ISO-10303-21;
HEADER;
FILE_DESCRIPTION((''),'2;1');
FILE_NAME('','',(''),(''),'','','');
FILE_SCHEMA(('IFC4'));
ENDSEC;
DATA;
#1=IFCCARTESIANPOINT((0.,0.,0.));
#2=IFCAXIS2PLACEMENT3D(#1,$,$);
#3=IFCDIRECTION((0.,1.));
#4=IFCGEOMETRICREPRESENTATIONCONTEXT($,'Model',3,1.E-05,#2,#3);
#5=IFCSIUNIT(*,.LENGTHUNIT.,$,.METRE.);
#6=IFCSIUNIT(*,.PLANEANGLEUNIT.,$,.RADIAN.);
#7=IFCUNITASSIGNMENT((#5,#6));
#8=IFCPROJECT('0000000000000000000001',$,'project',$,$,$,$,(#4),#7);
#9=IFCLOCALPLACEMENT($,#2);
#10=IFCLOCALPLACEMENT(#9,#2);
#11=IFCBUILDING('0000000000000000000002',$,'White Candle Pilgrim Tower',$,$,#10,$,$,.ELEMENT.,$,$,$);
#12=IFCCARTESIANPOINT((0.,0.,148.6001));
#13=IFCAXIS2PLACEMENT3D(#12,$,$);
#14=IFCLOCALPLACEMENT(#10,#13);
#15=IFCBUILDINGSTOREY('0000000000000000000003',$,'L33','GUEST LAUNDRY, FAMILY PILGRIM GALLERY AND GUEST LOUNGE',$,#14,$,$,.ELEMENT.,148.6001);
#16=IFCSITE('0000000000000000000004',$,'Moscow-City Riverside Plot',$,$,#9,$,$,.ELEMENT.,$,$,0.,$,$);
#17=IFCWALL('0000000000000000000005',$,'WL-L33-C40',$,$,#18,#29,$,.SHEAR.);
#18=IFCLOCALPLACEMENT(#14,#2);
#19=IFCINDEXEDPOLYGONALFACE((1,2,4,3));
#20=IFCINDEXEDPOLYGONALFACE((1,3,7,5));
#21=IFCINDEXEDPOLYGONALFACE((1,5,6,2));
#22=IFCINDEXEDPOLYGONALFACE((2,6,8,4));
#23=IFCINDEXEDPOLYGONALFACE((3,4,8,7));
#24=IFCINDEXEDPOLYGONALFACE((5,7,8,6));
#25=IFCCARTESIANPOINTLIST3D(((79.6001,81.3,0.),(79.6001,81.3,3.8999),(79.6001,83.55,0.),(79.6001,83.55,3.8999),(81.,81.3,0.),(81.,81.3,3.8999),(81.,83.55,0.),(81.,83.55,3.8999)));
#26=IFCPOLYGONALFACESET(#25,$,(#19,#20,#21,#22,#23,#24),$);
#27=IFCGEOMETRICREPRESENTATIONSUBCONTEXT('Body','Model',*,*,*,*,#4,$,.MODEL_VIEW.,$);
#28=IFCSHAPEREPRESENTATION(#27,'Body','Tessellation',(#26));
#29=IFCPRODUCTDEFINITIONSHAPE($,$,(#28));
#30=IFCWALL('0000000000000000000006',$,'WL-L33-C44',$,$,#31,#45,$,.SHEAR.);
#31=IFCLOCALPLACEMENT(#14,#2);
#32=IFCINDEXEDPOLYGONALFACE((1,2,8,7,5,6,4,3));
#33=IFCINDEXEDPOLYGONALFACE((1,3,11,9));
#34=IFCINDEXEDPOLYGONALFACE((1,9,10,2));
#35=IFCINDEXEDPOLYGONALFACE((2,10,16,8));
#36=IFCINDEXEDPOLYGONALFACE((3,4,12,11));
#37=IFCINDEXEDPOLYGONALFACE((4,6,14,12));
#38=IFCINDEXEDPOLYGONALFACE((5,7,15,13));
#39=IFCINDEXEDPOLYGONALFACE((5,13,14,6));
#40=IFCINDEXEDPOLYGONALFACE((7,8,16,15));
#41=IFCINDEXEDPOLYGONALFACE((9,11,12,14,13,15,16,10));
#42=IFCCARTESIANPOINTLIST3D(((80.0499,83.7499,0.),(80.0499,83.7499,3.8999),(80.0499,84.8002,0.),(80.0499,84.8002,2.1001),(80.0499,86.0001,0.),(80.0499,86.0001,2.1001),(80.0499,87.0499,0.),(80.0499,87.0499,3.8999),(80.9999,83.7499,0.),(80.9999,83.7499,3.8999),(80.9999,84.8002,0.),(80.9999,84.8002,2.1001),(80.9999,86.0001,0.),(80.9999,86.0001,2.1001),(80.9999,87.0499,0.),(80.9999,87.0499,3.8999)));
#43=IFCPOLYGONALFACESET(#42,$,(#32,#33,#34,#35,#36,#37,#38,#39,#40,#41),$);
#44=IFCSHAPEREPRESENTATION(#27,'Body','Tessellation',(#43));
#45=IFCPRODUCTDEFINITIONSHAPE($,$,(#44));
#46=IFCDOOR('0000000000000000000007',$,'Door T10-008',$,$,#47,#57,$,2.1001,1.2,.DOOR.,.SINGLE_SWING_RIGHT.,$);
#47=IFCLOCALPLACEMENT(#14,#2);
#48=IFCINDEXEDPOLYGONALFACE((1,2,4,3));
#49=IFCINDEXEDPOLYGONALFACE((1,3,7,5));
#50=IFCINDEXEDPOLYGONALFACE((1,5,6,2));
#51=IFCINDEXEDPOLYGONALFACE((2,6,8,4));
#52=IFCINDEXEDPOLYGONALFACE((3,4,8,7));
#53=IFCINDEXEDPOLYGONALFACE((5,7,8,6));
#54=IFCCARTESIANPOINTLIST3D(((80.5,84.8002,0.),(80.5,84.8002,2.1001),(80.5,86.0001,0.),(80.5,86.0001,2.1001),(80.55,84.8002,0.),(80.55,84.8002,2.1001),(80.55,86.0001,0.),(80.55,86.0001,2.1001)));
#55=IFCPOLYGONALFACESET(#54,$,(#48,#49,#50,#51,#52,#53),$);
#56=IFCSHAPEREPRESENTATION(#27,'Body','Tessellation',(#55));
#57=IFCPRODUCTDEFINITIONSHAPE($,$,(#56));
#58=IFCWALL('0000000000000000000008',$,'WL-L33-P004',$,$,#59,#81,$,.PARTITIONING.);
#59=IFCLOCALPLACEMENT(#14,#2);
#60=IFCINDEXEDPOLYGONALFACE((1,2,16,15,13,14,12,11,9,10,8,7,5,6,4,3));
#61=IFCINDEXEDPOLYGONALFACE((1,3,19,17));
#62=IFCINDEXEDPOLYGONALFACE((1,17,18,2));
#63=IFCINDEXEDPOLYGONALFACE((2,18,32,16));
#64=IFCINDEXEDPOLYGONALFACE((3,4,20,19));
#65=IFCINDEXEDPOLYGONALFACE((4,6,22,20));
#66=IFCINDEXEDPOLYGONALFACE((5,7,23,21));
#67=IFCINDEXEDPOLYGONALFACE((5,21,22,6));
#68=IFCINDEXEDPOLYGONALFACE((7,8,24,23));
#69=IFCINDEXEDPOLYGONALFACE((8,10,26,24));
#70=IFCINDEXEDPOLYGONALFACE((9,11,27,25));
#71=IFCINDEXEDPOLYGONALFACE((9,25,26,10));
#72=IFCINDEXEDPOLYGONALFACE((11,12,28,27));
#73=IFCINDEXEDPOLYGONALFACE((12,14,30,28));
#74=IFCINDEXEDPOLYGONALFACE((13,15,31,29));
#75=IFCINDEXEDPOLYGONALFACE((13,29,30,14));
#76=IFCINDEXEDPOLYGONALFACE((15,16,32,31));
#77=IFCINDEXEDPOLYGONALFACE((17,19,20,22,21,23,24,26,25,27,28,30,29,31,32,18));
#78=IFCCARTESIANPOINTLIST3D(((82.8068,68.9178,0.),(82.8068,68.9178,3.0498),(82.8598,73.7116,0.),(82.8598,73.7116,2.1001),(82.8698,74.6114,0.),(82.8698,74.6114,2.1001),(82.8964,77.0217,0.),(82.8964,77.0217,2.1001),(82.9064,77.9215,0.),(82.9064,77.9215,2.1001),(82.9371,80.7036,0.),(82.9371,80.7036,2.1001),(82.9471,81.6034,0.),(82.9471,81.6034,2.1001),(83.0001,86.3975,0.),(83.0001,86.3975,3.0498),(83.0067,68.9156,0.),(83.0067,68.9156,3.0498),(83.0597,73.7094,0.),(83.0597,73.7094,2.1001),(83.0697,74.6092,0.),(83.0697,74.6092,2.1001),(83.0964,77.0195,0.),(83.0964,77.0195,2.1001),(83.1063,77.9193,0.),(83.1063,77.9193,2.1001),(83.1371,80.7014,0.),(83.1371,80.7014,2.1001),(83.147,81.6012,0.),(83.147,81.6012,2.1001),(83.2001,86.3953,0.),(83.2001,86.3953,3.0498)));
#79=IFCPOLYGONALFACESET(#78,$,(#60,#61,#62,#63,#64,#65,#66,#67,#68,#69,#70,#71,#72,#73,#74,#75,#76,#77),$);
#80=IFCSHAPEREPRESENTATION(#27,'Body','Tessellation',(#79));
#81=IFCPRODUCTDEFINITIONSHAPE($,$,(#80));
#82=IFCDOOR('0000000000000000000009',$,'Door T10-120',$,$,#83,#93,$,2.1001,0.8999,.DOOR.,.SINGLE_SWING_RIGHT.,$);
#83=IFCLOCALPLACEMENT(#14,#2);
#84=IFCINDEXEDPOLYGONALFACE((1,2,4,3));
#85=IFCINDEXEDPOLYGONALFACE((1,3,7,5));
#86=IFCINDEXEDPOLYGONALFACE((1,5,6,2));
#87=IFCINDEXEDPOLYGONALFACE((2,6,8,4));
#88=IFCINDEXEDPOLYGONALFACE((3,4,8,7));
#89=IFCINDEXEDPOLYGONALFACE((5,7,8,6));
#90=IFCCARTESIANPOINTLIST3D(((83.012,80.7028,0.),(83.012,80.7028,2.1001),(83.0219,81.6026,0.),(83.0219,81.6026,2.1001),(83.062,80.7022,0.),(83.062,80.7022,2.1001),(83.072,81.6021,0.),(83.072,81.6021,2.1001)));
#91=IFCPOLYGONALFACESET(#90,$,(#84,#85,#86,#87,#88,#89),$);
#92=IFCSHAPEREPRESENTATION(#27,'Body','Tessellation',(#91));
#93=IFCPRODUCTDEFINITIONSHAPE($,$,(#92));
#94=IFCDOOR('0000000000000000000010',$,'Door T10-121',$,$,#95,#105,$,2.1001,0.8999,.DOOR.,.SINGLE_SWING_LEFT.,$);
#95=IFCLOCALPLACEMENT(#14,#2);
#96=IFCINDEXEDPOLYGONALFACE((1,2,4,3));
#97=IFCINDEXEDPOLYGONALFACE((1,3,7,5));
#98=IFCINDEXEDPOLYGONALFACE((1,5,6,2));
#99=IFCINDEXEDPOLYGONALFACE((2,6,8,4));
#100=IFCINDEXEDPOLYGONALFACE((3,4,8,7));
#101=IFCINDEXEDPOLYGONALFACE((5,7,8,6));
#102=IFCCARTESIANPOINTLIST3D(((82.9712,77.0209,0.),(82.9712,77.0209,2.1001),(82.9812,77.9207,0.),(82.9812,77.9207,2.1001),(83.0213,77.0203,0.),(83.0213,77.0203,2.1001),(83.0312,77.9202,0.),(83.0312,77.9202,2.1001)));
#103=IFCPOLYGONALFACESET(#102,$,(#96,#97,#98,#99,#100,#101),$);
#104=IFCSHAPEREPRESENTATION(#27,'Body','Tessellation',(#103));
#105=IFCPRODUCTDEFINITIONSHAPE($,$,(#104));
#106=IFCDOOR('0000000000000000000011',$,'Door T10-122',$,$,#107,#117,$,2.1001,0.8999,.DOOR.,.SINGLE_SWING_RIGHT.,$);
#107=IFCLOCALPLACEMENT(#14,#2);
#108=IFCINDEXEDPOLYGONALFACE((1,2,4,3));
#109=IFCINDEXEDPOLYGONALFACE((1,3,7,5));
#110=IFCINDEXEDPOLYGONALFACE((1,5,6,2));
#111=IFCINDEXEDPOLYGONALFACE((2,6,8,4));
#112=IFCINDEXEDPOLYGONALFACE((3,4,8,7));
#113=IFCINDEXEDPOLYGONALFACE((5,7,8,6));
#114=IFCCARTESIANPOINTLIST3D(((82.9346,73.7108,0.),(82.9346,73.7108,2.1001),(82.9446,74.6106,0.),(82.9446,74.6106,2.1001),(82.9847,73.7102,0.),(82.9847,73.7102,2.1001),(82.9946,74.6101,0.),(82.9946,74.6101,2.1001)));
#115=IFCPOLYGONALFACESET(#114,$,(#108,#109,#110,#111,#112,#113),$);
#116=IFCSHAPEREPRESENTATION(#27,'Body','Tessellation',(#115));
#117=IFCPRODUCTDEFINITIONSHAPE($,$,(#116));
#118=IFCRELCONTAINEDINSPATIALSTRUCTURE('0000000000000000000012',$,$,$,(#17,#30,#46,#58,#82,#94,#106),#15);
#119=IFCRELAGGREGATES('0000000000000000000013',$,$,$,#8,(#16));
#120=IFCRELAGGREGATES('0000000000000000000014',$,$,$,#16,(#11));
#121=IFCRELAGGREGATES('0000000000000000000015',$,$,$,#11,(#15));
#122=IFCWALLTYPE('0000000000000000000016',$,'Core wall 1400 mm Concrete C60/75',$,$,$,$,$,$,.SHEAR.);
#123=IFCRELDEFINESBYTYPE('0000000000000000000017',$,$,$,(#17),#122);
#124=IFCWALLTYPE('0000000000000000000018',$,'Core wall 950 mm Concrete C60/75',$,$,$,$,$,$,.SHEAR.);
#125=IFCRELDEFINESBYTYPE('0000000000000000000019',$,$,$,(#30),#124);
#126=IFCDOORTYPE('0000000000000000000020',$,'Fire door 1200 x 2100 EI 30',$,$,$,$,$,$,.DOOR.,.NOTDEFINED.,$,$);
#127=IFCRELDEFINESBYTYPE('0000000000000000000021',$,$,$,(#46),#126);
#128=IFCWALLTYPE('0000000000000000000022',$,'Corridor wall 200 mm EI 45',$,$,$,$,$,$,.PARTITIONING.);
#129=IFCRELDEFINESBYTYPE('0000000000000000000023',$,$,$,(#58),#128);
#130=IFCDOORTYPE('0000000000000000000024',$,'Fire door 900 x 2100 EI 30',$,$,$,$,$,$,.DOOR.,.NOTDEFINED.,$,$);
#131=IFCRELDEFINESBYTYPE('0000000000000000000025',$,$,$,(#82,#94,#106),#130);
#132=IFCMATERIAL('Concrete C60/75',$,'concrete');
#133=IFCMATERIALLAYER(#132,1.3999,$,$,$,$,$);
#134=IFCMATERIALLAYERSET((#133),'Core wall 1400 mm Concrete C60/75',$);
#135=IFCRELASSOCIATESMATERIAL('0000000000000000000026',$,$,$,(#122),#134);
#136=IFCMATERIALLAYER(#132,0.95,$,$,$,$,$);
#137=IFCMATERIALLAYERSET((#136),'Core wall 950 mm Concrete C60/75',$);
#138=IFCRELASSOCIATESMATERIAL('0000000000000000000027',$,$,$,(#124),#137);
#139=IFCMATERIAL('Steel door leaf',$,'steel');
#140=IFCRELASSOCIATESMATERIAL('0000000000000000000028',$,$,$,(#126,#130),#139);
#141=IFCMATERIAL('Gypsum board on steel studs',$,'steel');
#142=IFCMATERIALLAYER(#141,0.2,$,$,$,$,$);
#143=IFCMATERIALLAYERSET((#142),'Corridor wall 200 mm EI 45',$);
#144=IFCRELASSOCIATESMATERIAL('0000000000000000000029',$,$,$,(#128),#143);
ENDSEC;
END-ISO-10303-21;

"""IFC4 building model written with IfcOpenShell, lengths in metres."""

from ifc_helpers import new_model, si_unit, direction, frame, frame_2d, origin, place, context, subcontext, project, spatial, rectangle, extrude, material, layer, layer_set, type_object, element, fill, save


model = new_model("IFC4")

# Units and contexts
model_context = context("Model", 3, precision=1e-05, world=origin(), true_north=direction((0.0, 1.0)))
body_context = subcontext(model_context, "Body", "Model", "MODEL_VIEW")
ifc_project = project(units=[si_unit("LENGTHUNIT", "METRE"), si_unit("PLANEANGLEUNIT", "RADIAN")], contexts=[model_context])

# Site, building, storey
site_placement = place(None, origin())
site = spatial("IfcSite", under=ifc_project, at=site_placement, Name="Moscow-City Riverside Plot", CompositionType="ELEMENT", RefElevation=0.0)
building_placement = place(site_placement, origin())
building = spatial("IfcBuilding", under=site, at=building_placement, Name="White Candle Pilgrim Tower", CompositionType="ELEMENT")
storey_placement = place(building_placement, frame((0.0, 0.0, 148.6001)))
storey = spatial("IfcBuildingStorey", under=building, at=storey_placement, Name="L33", Description="GUEST LAUNDRY, FAMILY PILGRIM GALLERY AND GUEST LOUNGE", CompositionType="ELEMENT", Elevation=148.6001)

# Wall
ifc_material_1 = material(Name="Concrete C60/75", Category="concrete")
ifc_layer_1 = layer(ifc_material_1, 1.3999)
ifc_layer_set_1 = layer_set([ifc_layer_1], Name="Core wall 1400 mm Concrete C60/75")
wall_type_1 = type_object("IfcWallType", Name="Core wall 1400 mm Concrete C60/75", PredefinedType="SHEAR", material=ifc_layer_set_1)
wall_1_placement = place(storey_placement, frame((80.3, 81.3, 0.0), z_axis=(0.0, 0.0, 1.0), x_axis=(0.0, 1.0, 0.0)))
element("IfcWall", 1, at=wall_1_placement, inside=storey, type_object=wall_type_1, Name="WL-L33-C40", PredefinedType="SHEAR", context=body_context, shape_type="SweptSolid", body=[
    extrude(rectangle(XDim=2.25, YDim=1.3999, at=frame_2d((1.125, 0.0))), origin(), (0.0, 0.0, 1.0), 3.8999),
])

# Wall, opening, door
ifc_layer_2 = layer(ifc_material_1, 0.95)
ifc_layer_set_2 = layer_set([ifc_layer_2], Name="Core wall 950 mm Concrete C60/75")
wall_type_2 = type_object("IfcWallType", Name="Core wall 950 mm Concrete C60/75", PredefinedType="SHEAR", material=ifc_layer_set_2)
wall_2_placement = place(storey_placement, frame((80.5249, 83.75, 0.0), z_axis=(0.0, 0.0, 1.0), x_axis=(0.0, 1.0, 0.0)))
wall_2 = element("IfcWall", 2, at=wall_2_placement, inside=storey, type_object=wall_type_2, Name="WL-L33-C44", PredefinedType="SHEAR", context=body_context, shape_type="SweptSolid", body=[
    extrude(rectangle(XDim=3.3, YDim=0.95, at=frame_2d((1.6499, 0.0))), origin(), (0.0, 0.0, 1.0), 3.8999),
])
opening_1_placement = place(wall_2_placement, frame((1.05, 0.0, 0.0)))
opening_1 = element("IfcOpeningElement", 3, at=opening_1_placement, cuts=wall_2, PredefinedType="OPENING", context=body_context, shape_type="SweptSolid", body=[
    extrude(rectangle(XDim=1.2, YDim=2.1001, at=frame_2d((0.6001, 1.05))), frame((0.0, 0.4849, 0.0), z_axis=(0.0, -1.0, 0.0), x_axis=(1.0, 0.0, 0.0)), (0.0, 0.0, 1.0), 0.97),
])
ifc_material_2 = material(Name="Steel door leaf", Category="steel")
door_type_1 = type_object("IfcDoorType", Name="Fire door 1200 x 2100 EI 30", OperationType="NOTDEFINED", PredefinedType="DOOR", material=ifc_material_2)
door_1_placement = place(opening_1_placement, origin())
door_1 = element("IfcDoor", 4, at=door_1_placement, inside=storey, type_object=door_type_1, Name="Door T10-008", OperationType="SINGLE_SWING_RIGHT", OverallHeight=2.1001, OverallWidth=1.2, PredefinedType="DOOR", context=body_context, shape_type="SweptSolid", body=[
    extrude(rectangle(XDim=1.2, YDim=2.1001, at=frame_2d((0.6001, 1.05))), frame((0.0, 0.0249, 0.0), z_axis=(0.0, -1.0, 0.0), x_axis=(1.0, 0.0, 0.0)), (0.0, 0.0, 1.0), 0.05),
])
fill(opening_1, door_1)

# Wall, openings, doors
ifc_material_3 = material(Name="Gypsum board on steel studs", Category="steel")
ifc_layer_3 = layer(ifc_material_3, 0.2)
ifc_layer_set_3 = layer_set([ifc_layer_3], Name="Corridor wall 200 mm EI 45")
wall_type_3 = type_object("IfcWallType", Name="Corridor wall 200 mm EI 45", PredefinedType="PARTITIONING", material=ifc_layer_set_3)
wall_3_placement = place(storey_placement, frame((83.1001, 86.3962, 0.0), z_axis=(0.0, 0.0, 1.0), x_axis=(-0.011061, -0.999939, 0.0)))
wall_3 = element("IfcWall", 5, at=wall_3_placement, inside=storey, type_object=wall_type_3, Name="WL-L33-P004", PredefinedType="PARTITIONING", context=body_context, shape_type="SweptSolid", body=[
    extrude(rectangle(XDim=17.4807, YDim=0.2, at=frame_2d((8.7402, 0.0))), origin(), (0.0, 0.0, 1.0), 3.0498),
])
opening_2_placement = place(wall_3_placement, frame((4.7942, 0.0, 0.0)))
opening_2 = element("IfcOpeningElement", 6, at=opening_2_placement, cuts=wall_3, PredefinedType="OPENING", context=body_context, shape_type="SweptSolid", body=[
    extrude(rectangle(XDim=0.8999, YDim=2.1001, at=frame_2d((0.45, 1.05))), frame((0.0, 0.1099, 0.0), z_axis=(0.0, -1.0, 0.0), x_axis=(1.0, 0.0, 0.0)), (0.0, 0.0, 1.0), 0.22),
])
opening_3_placement = place(wall_3_placement, frame((8.4763, 0.0, 0.0)))
opening_3 = element("IfcOpeningElement", 7, at=opening_3_placement, cuts=wall_3, PredefinedType="OPENING", context=body_context, shape_type="SweptSolid", body=[
    extrude(rectangle(XDim=0.8999, YDim=2.1001, at=frame_2d((0.45, 1.05))), frame((0.0, 0.1099, 0.0), z_axis=(0.0, -1.0, 0.0), x_axis=(1.0, 0.0, 0.0)), (0.0, 0.0, 1.0), 0.22),
])
opening_4_placement = place(wall_3_placement, frame((11.7866, 0.0, 0.0)))
opening_4 = element("IfcOpeningElement", 8, at=opening_4_placement, cuts=wall_3, PredefinedType="OPENING", context=body_context, shape_type="SweptSolid", body=[
    extrude(rectangle(XDim=0.8999, YDim=2.1001, at=frame_2d((0.45, 1.05))), frame((0.0, 0.1099, 0.0), z_axis=(0.0, -1.0, 0.0), x_axis=(1.0, 0.0, 0.0)), (0.0, 0.0, 1.0), 0.22),
])
door_type_2 = type_object("IfcDoorType", Name="Fire door 900 x 2100 EI 30", OperationType="NOTDEFINED", PredefinedType="DOOR", material=ifc_material_2)
door_2_placement = place(opening_2_placement, origin())
door_2 = element("IfcDoor", 9, at=door_2_placement, inside=storey, type_object=door_type_2, Name="Door T10-120", OperationType="SINGLE_SWING_RIGHT", OverallHeight=2.1001, OverallWidth=0.8999, PredefinedType="DOOR", context=body_context, shape_type="SweptSolid", body=[
    extrude(rectangle(XDim=0.8999, YDim=2.1001, at=frame_2d((0.45, 1.05))), frame((0.0, 0.0249, 0.0), z_axis=(0.0, -1.0, 0.0), x_axis=(1.0, 0.0, 0.0)), (0.0, 0.0, 1.0), 0.05),
])
fill(opening_2, door_2)
door_3_placement = place(opening_3_placement, origin())
door_3 = element("IfcDoor", 10, at=door_3_placement, inside=storey, type_object=door_type_2, Name="Door T10-121", OperationType="SINGLE_SWING_LEFT", OverallHeight=2.1001, OverallWidth=0.8999, PredefinedType="DOOR", context=body_context, shape_type="SweptSolid", body=[
    extrude(rectangle(XDim=0.8999, YDim=2.1001, at=frame_2d((0.45, 1.05))), frame((0.0, 0.0249, 0.0), z_axis=(0.0, -1.0, 0.0), x_axis=(1.0, 0.0, 0.0)), (0.0, 0.0, 1.0), 0.05),
])
fill(opening_3, door_3)
door_4_placement = place(opening_4_placement, origin())
door_4 = element("IfcDoor", 11, at=door_4_placement, inside=storey, type_object=door_type_2, Name="Door T10-122", OperationType="SINGLE_SWING_RIGHT", OverallHeight=2.1001, OverallWidth=0.8999, PredefinedType="DOOR", context=body_context, shape_type="SweptSolid", body=[
    extrude(rectangle(XDim=0.8999, YDim=2.1001, at=frame_2d((0.45, 1.05))), frame((0.0, 0.0249, 0.0), z_axis=(0.0, -1.0, 0.0), x_axis=(1.0, 0.0, 0.0)), (0.0, 0.0, 1.0), 0.05),
])
fill(opening_4, door_4)

save(model, "model.ifc")
